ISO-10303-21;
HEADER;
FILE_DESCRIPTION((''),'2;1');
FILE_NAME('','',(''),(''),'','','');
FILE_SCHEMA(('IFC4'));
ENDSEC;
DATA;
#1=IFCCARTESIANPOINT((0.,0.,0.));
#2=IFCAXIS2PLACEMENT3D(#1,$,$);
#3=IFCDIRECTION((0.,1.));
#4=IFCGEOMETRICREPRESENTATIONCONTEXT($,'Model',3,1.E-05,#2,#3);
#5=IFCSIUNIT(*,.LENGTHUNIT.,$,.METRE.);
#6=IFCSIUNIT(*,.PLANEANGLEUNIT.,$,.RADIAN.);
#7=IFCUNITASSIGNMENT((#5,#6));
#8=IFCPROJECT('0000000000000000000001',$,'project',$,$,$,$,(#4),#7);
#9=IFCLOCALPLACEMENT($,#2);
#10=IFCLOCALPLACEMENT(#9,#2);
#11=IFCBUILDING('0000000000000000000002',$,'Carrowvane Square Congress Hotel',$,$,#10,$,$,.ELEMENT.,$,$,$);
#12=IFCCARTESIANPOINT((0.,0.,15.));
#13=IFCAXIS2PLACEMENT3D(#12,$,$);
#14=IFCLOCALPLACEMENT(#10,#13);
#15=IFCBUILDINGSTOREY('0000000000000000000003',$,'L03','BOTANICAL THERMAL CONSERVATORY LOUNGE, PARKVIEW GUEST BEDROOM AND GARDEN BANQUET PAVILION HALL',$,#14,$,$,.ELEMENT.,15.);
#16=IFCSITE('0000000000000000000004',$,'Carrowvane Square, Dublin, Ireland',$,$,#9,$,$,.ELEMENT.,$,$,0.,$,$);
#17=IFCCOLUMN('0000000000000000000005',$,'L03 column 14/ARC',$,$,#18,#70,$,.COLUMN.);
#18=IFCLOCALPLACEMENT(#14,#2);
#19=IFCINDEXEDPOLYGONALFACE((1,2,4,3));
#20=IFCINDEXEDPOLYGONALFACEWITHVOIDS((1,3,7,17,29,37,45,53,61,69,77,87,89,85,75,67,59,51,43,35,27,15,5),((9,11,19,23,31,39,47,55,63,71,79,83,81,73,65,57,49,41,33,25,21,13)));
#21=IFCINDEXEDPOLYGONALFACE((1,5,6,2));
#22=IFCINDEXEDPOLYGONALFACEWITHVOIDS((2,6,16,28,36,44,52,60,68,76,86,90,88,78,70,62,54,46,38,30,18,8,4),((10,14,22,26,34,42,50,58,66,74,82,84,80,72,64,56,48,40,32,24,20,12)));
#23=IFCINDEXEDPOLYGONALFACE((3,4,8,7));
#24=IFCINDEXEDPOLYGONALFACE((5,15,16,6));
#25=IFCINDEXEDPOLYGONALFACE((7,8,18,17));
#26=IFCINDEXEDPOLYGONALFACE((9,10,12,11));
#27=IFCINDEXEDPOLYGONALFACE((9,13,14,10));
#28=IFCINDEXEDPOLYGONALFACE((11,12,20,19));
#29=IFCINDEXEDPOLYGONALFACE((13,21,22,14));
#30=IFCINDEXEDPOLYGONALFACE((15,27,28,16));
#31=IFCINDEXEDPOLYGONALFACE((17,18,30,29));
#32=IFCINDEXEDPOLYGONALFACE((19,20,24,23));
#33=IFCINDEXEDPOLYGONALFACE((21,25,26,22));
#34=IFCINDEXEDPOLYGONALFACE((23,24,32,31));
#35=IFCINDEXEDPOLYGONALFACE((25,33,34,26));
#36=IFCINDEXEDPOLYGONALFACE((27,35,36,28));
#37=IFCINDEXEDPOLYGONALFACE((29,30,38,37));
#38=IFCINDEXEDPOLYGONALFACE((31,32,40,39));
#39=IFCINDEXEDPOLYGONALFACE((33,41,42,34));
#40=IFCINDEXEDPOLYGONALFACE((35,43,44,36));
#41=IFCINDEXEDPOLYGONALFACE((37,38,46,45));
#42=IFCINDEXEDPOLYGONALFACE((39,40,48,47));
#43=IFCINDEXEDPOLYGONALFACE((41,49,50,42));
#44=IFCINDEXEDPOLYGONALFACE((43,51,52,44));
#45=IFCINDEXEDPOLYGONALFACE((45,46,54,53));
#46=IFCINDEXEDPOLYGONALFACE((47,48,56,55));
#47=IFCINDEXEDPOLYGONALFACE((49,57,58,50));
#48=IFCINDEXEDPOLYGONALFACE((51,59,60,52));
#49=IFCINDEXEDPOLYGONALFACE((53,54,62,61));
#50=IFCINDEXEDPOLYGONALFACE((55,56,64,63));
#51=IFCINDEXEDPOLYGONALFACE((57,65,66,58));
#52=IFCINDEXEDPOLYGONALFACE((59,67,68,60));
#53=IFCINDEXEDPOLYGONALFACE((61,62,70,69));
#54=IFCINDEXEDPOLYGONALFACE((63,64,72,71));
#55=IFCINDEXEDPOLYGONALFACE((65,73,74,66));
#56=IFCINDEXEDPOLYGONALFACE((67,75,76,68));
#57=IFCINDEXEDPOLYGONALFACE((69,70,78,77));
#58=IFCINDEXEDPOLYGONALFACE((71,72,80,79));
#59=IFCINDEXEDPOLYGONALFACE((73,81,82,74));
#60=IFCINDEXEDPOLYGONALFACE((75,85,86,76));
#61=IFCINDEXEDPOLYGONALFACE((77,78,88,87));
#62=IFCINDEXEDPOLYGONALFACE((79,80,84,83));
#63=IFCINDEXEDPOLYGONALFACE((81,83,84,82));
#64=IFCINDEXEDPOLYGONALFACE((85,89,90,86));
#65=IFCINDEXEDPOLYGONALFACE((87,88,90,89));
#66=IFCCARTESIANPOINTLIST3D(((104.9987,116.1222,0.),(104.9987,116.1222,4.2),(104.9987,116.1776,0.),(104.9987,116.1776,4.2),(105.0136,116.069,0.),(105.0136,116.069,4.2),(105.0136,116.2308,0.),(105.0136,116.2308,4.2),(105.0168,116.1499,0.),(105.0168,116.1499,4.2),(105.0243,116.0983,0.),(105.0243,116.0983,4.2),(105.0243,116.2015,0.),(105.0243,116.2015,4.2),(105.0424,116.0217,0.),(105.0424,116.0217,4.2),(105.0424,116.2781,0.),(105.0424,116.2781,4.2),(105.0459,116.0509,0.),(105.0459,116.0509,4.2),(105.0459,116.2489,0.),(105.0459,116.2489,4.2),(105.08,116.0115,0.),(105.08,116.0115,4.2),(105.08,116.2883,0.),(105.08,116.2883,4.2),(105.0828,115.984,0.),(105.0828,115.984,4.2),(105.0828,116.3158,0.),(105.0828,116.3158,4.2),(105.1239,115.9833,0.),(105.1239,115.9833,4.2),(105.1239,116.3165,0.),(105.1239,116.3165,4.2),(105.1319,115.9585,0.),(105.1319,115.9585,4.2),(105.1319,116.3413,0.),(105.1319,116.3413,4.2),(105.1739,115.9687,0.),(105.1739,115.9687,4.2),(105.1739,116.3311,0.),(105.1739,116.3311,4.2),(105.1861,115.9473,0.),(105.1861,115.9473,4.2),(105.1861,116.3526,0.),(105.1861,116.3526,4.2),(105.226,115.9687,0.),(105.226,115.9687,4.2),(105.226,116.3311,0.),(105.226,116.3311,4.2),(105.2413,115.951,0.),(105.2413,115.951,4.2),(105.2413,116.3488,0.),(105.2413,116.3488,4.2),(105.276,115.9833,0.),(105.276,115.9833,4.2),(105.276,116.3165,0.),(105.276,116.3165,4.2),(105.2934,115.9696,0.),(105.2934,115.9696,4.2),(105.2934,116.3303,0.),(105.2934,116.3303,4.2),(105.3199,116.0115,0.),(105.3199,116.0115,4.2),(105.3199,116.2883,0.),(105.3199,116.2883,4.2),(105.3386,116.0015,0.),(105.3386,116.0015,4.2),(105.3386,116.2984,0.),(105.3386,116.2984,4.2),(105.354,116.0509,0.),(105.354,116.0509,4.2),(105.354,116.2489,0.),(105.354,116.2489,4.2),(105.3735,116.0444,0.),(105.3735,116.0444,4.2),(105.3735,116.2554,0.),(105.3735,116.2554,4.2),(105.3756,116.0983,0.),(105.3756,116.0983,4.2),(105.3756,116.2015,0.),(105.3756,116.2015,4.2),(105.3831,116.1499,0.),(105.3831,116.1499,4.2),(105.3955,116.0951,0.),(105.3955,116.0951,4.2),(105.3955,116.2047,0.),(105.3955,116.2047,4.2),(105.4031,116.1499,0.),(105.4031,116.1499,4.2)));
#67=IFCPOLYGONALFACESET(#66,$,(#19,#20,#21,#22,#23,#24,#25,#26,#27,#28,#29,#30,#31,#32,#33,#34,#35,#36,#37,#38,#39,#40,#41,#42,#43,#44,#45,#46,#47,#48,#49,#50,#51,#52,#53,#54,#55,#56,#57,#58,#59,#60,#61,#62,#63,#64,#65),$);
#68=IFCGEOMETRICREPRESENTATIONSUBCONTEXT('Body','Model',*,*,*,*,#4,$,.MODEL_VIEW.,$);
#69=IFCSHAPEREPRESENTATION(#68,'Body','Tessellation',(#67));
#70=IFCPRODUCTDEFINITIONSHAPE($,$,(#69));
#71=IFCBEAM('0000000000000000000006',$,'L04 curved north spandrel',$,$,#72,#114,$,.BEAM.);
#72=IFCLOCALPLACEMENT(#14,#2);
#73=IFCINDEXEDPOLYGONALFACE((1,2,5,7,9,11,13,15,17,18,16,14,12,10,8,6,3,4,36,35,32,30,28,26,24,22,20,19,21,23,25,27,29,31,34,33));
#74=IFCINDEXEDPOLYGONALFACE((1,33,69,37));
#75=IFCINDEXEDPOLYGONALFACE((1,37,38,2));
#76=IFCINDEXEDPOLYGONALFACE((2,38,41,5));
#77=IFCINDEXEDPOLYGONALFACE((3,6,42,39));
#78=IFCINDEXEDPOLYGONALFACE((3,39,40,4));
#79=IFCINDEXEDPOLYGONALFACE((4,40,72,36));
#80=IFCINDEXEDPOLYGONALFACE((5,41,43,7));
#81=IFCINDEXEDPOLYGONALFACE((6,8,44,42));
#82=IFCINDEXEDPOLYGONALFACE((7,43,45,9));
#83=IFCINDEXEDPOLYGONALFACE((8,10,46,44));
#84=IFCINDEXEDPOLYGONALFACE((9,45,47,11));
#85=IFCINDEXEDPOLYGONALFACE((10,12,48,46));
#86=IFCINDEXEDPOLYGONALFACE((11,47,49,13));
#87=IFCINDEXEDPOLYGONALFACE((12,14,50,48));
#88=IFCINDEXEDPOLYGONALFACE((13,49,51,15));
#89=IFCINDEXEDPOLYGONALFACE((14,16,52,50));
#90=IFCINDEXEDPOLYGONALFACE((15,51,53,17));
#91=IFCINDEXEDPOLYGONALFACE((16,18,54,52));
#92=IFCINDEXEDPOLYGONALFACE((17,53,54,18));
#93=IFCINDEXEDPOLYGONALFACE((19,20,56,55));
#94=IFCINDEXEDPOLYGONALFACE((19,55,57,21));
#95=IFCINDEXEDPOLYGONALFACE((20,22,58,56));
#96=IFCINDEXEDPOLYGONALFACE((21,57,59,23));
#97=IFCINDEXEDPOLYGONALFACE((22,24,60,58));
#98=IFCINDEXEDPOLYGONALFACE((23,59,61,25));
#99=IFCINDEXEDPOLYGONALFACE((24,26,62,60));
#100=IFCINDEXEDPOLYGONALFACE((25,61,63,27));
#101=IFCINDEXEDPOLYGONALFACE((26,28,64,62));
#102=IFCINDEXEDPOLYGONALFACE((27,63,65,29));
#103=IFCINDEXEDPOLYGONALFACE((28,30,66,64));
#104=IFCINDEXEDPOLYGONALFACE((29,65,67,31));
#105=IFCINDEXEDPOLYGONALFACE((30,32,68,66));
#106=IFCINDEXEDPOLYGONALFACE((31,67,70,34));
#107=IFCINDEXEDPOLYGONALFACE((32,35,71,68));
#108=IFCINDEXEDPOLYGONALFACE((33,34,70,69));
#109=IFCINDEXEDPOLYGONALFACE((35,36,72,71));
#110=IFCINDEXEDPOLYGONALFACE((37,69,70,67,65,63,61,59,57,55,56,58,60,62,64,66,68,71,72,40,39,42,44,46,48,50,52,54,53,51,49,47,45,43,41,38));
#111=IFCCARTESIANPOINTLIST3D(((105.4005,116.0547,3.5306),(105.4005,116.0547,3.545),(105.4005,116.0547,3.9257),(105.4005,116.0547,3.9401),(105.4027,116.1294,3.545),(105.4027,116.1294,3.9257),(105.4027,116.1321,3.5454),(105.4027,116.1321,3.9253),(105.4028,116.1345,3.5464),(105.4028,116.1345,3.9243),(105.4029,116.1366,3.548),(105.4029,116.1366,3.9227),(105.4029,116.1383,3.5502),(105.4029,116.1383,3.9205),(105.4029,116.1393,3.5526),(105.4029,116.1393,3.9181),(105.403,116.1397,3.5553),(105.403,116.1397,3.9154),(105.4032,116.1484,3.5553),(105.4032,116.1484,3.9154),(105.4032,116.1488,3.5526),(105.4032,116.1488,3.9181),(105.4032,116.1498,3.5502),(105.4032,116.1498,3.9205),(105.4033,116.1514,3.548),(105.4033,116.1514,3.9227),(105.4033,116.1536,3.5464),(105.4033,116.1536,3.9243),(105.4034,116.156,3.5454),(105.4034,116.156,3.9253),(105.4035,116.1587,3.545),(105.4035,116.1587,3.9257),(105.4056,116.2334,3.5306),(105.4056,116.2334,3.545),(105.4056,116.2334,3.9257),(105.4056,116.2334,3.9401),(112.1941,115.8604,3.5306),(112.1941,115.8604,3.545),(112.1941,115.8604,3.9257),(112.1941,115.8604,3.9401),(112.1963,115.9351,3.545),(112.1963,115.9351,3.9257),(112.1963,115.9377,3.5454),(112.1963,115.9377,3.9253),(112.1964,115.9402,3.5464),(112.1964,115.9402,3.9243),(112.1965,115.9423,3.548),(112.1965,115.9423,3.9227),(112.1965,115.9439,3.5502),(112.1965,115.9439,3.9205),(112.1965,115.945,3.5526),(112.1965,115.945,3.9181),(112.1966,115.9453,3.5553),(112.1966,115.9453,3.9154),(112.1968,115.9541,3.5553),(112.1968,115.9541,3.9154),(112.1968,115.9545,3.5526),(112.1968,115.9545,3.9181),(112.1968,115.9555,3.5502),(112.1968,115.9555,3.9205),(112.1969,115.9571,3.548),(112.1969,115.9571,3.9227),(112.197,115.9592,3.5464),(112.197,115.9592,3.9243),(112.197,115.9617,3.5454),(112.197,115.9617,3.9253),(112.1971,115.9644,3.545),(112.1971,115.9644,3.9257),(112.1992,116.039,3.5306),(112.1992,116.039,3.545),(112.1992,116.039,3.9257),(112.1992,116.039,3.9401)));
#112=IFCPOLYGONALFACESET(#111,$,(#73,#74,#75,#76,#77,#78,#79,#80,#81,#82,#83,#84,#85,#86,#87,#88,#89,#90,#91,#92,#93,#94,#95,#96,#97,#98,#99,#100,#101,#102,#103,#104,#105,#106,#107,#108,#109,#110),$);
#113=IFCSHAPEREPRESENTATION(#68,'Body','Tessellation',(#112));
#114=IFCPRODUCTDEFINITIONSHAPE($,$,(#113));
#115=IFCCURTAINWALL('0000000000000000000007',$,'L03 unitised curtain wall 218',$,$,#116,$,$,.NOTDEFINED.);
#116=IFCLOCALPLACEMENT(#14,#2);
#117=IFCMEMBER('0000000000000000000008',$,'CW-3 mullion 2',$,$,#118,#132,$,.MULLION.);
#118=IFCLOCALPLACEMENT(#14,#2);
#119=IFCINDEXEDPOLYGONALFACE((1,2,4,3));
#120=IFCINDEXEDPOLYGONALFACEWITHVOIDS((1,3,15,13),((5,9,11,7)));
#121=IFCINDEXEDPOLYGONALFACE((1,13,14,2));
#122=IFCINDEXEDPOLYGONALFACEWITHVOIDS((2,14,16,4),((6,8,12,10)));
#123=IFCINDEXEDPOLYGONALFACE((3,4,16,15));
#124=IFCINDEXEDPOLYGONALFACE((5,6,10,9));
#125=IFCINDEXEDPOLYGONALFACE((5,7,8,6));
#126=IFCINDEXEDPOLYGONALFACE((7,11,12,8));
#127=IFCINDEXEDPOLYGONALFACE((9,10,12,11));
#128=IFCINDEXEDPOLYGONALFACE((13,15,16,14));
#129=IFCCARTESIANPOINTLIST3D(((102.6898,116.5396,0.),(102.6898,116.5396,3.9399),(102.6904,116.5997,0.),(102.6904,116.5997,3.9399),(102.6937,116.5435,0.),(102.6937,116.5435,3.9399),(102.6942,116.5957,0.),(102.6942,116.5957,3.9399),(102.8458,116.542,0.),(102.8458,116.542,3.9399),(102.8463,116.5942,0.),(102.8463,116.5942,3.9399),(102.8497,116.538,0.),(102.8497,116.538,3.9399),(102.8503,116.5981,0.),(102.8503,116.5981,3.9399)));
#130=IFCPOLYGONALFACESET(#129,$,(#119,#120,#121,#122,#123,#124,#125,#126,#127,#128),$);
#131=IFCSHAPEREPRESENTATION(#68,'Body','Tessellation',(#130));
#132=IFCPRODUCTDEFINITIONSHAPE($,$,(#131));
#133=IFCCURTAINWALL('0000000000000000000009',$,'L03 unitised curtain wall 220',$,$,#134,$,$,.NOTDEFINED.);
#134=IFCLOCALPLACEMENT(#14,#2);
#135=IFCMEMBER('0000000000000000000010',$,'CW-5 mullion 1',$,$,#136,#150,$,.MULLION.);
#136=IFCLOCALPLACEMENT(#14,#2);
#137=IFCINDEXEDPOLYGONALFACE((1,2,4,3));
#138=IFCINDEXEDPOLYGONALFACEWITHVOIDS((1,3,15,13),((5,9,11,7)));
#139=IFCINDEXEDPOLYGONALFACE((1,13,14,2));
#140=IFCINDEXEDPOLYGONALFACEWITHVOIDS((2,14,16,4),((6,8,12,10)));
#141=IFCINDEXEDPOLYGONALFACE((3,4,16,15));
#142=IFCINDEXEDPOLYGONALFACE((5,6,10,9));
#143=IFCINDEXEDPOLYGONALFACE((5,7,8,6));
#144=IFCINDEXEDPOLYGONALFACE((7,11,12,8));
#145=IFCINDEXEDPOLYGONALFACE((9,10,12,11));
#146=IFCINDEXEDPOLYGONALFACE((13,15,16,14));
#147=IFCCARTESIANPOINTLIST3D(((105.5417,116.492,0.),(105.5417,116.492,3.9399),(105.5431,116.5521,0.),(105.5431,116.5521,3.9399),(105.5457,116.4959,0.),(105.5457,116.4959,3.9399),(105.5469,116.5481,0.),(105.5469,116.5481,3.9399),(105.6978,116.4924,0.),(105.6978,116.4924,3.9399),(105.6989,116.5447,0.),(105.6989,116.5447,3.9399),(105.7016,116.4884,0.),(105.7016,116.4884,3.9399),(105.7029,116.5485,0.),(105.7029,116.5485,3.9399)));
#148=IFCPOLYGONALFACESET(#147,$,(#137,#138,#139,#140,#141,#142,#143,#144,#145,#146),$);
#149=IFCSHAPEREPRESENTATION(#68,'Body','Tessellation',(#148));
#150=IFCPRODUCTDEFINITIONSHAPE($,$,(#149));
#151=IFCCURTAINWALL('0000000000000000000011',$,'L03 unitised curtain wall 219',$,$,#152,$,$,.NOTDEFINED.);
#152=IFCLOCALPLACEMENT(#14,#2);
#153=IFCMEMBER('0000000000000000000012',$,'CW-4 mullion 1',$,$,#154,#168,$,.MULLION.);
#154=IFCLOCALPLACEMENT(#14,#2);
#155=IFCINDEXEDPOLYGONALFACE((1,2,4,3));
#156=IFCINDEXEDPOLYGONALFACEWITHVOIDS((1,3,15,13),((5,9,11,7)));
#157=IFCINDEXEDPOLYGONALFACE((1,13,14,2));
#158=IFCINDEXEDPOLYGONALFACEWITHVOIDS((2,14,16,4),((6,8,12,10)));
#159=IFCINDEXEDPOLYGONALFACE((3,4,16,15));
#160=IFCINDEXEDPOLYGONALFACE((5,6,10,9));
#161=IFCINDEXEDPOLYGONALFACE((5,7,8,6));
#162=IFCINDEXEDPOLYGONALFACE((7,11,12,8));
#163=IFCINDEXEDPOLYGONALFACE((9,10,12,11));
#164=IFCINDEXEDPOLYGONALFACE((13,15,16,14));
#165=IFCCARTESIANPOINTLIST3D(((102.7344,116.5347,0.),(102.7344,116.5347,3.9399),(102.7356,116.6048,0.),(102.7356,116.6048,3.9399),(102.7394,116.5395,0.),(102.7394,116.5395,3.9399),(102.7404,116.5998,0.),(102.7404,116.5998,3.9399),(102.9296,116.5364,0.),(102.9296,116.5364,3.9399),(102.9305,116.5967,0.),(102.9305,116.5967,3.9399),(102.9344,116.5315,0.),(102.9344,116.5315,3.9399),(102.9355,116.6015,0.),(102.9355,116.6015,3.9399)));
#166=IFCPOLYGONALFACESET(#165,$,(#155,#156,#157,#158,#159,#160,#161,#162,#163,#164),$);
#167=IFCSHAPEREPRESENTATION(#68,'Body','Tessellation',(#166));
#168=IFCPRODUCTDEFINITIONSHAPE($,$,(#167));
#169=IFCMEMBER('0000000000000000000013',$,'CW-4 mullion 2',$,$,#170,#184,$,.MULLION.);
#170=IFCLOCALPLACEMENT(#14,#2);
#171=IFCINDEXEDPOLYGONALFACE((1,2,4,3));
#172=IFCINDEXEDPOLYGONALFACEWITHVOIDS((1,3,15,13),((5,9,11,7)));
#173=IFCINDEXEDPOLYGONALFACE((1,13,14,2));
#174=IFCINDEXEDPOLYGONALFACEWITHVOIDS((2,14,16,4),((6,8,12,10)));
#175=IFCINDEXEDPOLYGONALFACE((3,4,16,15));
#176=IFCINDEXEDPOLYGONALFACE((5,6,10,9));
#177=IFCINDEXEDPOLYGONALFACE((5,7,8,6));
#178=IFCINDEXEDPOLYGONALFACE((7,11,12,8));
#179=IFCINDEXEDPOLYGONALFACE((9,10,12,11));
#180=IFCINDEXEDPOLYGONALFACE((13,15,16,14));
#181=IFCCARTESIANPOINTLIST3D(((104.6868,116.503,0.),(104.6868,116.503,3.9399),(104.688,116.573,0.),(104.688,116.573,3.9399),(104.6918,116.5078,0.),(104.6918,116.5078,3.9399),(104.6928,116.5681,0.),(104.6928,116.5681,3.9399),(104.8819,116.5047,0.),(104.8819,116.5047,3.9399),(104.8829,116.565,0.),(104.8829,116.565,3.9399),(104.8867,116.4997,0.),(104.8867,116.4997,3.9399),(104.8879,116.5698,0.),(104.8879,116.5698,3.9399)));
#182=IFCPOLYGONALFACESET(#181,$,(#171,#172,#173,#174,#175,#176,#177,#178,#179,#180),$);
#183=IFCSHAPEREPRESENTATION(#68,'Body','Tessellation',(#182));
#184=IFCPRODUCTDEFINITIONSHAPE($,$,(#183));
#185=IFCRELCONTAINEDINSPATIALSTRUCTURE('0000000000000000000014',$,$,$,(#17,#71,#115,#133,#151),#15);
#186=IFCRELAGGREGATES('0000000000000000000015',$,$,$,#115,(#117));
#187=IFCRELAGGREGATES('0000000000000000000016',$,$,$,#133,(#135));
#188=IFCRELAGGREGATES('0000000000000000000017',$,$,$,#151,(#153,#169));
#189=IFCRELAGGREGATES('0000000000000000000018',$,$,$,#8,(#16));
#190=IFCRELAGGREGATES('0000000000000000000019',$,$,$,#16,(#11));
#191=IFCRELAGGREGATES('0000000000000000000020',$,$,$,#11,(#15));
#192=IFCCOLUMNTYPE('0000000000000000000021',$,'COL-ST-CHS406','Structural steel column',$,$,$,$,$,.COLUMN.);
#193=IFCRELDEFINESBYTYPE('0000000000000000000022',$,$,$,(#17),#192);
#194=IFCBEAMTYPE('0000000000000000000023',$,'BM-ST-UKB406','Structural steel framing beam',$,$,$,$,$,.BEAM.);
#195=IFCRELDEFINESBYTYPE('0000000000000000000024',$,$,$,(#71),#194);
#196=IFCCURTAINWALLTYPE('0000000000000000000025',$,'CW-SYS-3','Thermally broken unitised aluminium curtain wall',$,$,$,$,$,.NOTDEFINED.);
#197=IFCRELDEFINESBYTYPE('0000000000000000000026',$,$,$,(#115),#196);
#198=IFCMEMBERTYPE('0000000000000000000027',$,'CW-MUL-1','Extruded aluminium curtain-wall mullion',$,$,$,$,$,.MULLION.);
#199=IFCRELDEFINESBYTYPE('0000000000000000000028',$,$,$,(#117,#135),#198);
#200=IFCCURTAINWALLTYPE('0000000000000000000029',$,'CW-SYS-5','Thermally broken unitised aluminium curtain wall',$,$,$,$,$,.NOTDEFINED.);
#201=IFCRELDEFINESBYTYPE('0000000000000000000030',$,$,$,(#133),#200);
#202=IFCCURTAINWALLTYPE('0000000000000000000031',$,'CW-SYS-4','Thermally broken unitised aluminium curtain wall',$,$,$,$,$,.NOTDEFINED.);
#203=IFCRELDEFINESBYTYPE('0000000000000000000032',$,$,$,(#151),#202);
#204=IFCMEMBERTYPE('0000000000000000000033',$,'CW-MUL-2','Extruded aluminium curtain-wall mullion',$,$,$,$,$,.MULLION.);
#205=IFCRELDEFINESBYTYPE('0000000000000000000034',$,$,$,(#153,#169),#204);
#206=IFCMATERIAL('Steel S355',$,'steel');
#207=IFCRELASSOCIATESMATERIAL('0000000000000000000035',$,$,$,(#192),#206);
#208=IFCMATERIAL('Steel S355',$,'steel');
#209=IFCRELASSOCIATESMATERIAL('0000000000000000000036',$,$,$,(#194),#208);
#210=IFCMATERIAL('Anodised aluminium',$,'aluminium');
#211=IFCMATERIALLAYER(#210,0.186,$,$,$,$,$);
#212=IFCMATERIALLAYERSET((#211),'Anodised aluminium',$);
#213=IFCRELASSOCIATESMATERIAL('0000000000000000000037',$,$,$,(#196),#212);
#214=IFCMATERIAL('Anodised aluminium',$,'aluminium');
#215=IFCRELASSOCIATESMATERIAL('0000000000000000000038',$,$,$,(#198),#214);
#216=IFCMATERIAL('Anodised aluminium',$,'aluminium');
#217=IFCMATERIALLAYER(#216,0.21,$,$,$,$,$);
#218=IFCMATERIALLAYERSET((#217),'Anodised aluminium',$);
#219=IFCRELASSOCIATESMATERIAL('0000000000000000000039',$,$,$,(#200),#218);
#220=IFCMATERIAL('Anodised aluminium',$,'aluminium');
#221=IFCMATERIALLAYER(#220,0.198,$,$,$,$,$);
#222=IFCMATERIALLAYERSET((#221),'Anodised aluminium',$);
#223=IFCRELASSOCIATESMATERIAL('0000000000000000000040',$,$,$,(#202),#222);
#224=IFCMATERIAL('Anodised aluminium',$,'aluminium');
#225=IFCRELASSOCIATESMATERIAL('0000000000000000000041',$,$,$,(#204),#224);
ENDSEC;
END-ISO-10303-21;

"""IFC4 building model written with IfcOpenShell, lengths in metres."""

from ifc_helpers import new_model, si_unit, direction, frame, origin, origin_2d, place, context, subcontext, project, spatial, hollow_rectangle, hollow_circle, i_section, extrude, material, layer, layer_set, material_profile, profile_set, type_object, element, aggregate, save


model = new_model("IFC4")

# Units and contexts
model_context = context("Model", 3, precision=1e-05, world=origin(), true_north=direction((0.0, 1.0)))
body_context = subcontext(model_context, "Body", "Model", "MODEL_VIEW")
ifc_project = project(units=[si_unit("LENGTHUNIT", "METRE"), si_unit("PLANEANGLEUNIT", "RADIAN")], contexts=[model_context])

# Site, building, storey
site_placement = place(None, origin())
site = spatial("IfcSite", under=ifc_project, at=site_placement, Name="Carrowvane Square, Dublin, Ireland", CompositionType="ELEMENT", RefElevation=0.0)
building_placement = place(site_placement, origin())
building = spatial("IfcBuilding", under=site, at=building_placement, Name="Carrowvane Square Congress Hotel", CompositionType="ELEMENT")
storey_placement = place(building_placement, frame((0.0, 0.0, 15.0)))
storey = spatial("IfcBuildingStorey", under=building, at=storey_placement, Name="L03", Description="BOTANICAL THERMAL CONSERVATORY LOUNGE, PARKVIEW GUEST BEDROOM AND GARDEN BANQUET PAVILION HALL", CompositionType="ELEMENT", Elevation=15.0)

# Column
ifc_material_1 = material(Name="Steel S355", Category="steel")
ifc_material_profile_1 = material_profile(ifc_material_1, hollow_circle(Radius=0.2031, WallThickness=0.02, at=origin_2d()), Name="CHS 406.4x20")
ifc_profile_set_1 = profile_set([ifc_material_profile_1], Name="Steel S355")
column_type = type_object("IfcColumnType", Name="COL-ST-CHS406", Description="Structural steel column", PredefinedType="COLUMN", material=ifc_profile_set_1)
column_placement = place(storey_placement, frame((105.2, 116.1499, 0.0), z_axis=(0.0, 0.0, 1.0), x_axis=(1.0, 0.0, 0.0)))
element("IfcColumn", 1, at=column_placement, inside=storey, type_object=column_type, Name="L03 column 14/ARC", PredefinedType="COLUMN", context=body_context, shape_type="SweptSolid", body=[
    extrude(hollow_circle(Radius=0.2031, WallThickness=0.02, at=origin_2d()), origin(), (0.0, 0.0, 1.0), 4.2),
])

# Beam
ifc_material_2 = material(Name="Steel S355", Category="steel")
ifc_material_profile_2 = material_profile(ifc_material_2, i_section(OverallWidth=0.1787, OverallDepth=0.4094, WebThickness=0.0088, FlangeThickness=0.0144, FilletRadius=0.0103, at=origin_2d()), Name="UKB 406x178x67")
ifc_profile_set_2 = profile_set([ifc_material_profile_2], Name="Steel S355")
beam_type = type_object("IfcBeamType", Name="BM-ST-UKB406", Description="Structural steel framing beam", PredefinedType="BEAM", material=ifc_profile_set_2)
beam_placement = place(storey_placement, frame((105.4031, 116.144, 3.7354), z_axis=(0.999591, -0.028594, 0.0), x_axis=(0.028594, 0.999591, 0.0)))
element("IfcBeam", 2, at=beam_placement, inside=storey, type_object=beam_type, Name="L04 curved north spandrel", PredefinedType="BEAM", context=body_context, shape_type="SweptSolid", body=[
    extrude(i_section(OverallWidth=0.1787, OverallDepth=0.4094, WebThickness=0.0088, FlangeThickness=0.0144, FilletRadius=0.0103, at=origin_2d()), origin(), (0.0, 0.0, 1.0), 6.7964),
])

# Curtain walls, members
ifc_material_3 = material(Name="Anodised aluminium", Category="aluminium")
ifc_layer_1 = layer(ifc_material_3, 0.186)
ifc_layer_set_1 = layer_set([ifc_layer_1], Name="Anodised aluminium")
curtain_wall_type_1 = type_object("IfcCurtainWallType", Name="CW-SYS-3", Description="Thermally broken unitised aluminium curtain wall", PredefinedType="NOTDEFINED", material=ifc_layer_set_1)
curtain_wall_1_placement = place(storey_placement, origin())
curtain_wall_1 = element("IfcCurtainWall", 3, at=curtain_wall_1_placement, inside=storey, type_object=curtain_wall_type_1, Name="L03 unitised curtain wall 218", PredefinedType="NOTDEFINED")
ifc_material_4 = material(Name="Anodised aluminium", Category="aluminium")
ifc_material_profile_3 = material_profile(ifc_material_4, hollow_rectangle(XDim=0.0601, YDim=0.1599, WallThickness=0.0039, at=origin_2d()), Name="CW-ML 60x160x4")
ifc_profile_set_3 = profile_set([ifc_material_profile_3], Name="Anodised aluminium")
member_type_1 = type_object("IfcMemberType", Name="CW-MUL-1", Description="Extruded aluminium curtain-wall mullion", PredefinedType="MULLION", material=ifc_profile_set_3)
member_1_placement = place(storey_placement, frame((102.77, 116.5688, 0.0), z_axis=(0.0, 0.0, 1.0), x_axis=(0.009783, 0.999952, 0.0)))
member_1 = element("IfcMember", 4, at=member_1_placement, type_object=member_type_1, Name="CW-3 mullion 2", PredefinedType="MULLION", context=body_context, shape_type="SweptSolid", body=[
    extrude(hollow_rectangle(XDim=0.0601, YDim=0.1599, WallThickness=0.0039, at=origin_2d()), origin(), (0.0, 0.0, 1.0), 3.9399),
])
aggregate(curtain_wall_1, [member_1])
ifc_material_5 = material(Name="Anodised aluminium", Category="aluminium")
ifc_layer_2 = layer(ifc_material_5, 0.21)
ifc_layer_set_2 = layer_set([ifc_layer_2], Name="Anodised aluminium")
curtain_wall_type_2 = type_object("IfcCurtainWallType", Name="CW-SYS-5", Description="Thermally broken unitised aluminium curtain wall", PredefinedType="NOTDEFINED", material=ifc_layer_set_2)
curtain_wall_2_placement = place(storey_placement, origin())
curtain_wall_2 = element("IfcCurtainWall", 5, at=curtain_wall_2_placement, inside=storey, type_object=curtain_wall_type_2, Name="L03 unitised curtain wall 220", PredefinedType="NOTDEFINED")
member_2_placement = place(storey_placement, frame((105.6223, 116.5203, 0.0), z_axis=(0.0, 0.0, 1.0), x_axis=(0.022518, 0.999746, 0.0)))
member_2 = element("IfcMember", 6, at=member_2_placement, type_object=member_type_1, Name="CW-5 mullion 1", PredefinedType="MULLION", context=body_context, shape_type="SweptSolid", body=[
    extrude(hollow_rectangle(XDim=0.0601, YDim=0.1599, WallThickness=0.0039, at=origin_2d()), origin(), (0.0, 0.0, 1.0), 3.9399),
])

# Curtain wall, members
ifc_material_6 = material(Name="Anodised aluminium", Category="aluminium")
ifc_layer_3 = layer(ifc_material_6, 0.198)
ifc_layer_set_3 = layer_set([ifc_layer_3], Name="Anodised aluminium")
curtain_wall_type_3 = type_object("IfcCurtainWallType", Name="CW-SYS-4", Description="Thermally broken unitised aluminium curtain wall", PredefinedType="NOTDEFINED", material=ifc_layer_set_3)
curtain_wall_3_placement = place(storey_placement, origin())
curtain_wall_3 = element("IfcCurtainWall", 7, at=curtain_wall_3_placement, inside=storey, type_object=curtain_wall_type_3, Name="L03 unitised curtain wall 219", PredefinedType="NOTDEFINED")
ifc_material_7 = material(Name="Anodised aluminium", Category="aluminium")
ifc_material_profile_4 = material_profile(ifc_material_7, hollow_rectangle(XDim=0.0701, YDim=0.2, WallThickness=0.0049, at=origin_2d()), Name="CW-ML 70x200x5")
ifc_profile_set_4 = profile_set([ifc_material_profile_4], Name="Anodised aluminium")
member_type_2 = type_object("IfcMemberType", Name="CW-MUL-2", Description="Extruded aluminium curtain-wall mullion", PredefinedType="MULLION", material=ifc_profile_set_4)
member_3_placement = place(storey_placement, frame((102.835, 116.5681, 0.0), z_axis=(0.0, 0.0, 1.0), x_axis=(0.016216, 0.999869, 0.0)))
member_3 = element("IfcMember", 8, at=member_3_placement, type_object=member_type_2, Name="CW-4 mullion 1", PredefinedType="MULLION", context=body_context, shape_type="SweptSolid", body=[
    extrude(hollow_rectangle(XDim=0.0701, YDim=0.2, WallThickness=0.0049, at=origin_2d()), origin(), (0.0, 0.0, 1.0), 3.9399),
])
member_4_placement = place(storey_placement, frame((104.7874, 116.5364, 0.0), z_axis=(0.0, 0.0, 1.0), x_axis=(0.016216, 0.999869, 0.0)))
member_4 = element("IfcMember", 9, at=member_4_placement, type_object=member_type_2, Name="CW-4 mullion 2", PredefinedType="MULLION", context=body_context, shape_type="SweptSolid", body=[
    extrude(hollow_rectangle(XDim=0.0701, YDim=0.2, WallThickness=0.0049, at=origin_2d()), origin(), (0.0, 0.0, 1.0), 3.9399),
])

aggregate(curtain_wall_2, [member_2])

aggregate(curtain_wall_3, [member_3, member_4])

save(model, "model.ifc")
